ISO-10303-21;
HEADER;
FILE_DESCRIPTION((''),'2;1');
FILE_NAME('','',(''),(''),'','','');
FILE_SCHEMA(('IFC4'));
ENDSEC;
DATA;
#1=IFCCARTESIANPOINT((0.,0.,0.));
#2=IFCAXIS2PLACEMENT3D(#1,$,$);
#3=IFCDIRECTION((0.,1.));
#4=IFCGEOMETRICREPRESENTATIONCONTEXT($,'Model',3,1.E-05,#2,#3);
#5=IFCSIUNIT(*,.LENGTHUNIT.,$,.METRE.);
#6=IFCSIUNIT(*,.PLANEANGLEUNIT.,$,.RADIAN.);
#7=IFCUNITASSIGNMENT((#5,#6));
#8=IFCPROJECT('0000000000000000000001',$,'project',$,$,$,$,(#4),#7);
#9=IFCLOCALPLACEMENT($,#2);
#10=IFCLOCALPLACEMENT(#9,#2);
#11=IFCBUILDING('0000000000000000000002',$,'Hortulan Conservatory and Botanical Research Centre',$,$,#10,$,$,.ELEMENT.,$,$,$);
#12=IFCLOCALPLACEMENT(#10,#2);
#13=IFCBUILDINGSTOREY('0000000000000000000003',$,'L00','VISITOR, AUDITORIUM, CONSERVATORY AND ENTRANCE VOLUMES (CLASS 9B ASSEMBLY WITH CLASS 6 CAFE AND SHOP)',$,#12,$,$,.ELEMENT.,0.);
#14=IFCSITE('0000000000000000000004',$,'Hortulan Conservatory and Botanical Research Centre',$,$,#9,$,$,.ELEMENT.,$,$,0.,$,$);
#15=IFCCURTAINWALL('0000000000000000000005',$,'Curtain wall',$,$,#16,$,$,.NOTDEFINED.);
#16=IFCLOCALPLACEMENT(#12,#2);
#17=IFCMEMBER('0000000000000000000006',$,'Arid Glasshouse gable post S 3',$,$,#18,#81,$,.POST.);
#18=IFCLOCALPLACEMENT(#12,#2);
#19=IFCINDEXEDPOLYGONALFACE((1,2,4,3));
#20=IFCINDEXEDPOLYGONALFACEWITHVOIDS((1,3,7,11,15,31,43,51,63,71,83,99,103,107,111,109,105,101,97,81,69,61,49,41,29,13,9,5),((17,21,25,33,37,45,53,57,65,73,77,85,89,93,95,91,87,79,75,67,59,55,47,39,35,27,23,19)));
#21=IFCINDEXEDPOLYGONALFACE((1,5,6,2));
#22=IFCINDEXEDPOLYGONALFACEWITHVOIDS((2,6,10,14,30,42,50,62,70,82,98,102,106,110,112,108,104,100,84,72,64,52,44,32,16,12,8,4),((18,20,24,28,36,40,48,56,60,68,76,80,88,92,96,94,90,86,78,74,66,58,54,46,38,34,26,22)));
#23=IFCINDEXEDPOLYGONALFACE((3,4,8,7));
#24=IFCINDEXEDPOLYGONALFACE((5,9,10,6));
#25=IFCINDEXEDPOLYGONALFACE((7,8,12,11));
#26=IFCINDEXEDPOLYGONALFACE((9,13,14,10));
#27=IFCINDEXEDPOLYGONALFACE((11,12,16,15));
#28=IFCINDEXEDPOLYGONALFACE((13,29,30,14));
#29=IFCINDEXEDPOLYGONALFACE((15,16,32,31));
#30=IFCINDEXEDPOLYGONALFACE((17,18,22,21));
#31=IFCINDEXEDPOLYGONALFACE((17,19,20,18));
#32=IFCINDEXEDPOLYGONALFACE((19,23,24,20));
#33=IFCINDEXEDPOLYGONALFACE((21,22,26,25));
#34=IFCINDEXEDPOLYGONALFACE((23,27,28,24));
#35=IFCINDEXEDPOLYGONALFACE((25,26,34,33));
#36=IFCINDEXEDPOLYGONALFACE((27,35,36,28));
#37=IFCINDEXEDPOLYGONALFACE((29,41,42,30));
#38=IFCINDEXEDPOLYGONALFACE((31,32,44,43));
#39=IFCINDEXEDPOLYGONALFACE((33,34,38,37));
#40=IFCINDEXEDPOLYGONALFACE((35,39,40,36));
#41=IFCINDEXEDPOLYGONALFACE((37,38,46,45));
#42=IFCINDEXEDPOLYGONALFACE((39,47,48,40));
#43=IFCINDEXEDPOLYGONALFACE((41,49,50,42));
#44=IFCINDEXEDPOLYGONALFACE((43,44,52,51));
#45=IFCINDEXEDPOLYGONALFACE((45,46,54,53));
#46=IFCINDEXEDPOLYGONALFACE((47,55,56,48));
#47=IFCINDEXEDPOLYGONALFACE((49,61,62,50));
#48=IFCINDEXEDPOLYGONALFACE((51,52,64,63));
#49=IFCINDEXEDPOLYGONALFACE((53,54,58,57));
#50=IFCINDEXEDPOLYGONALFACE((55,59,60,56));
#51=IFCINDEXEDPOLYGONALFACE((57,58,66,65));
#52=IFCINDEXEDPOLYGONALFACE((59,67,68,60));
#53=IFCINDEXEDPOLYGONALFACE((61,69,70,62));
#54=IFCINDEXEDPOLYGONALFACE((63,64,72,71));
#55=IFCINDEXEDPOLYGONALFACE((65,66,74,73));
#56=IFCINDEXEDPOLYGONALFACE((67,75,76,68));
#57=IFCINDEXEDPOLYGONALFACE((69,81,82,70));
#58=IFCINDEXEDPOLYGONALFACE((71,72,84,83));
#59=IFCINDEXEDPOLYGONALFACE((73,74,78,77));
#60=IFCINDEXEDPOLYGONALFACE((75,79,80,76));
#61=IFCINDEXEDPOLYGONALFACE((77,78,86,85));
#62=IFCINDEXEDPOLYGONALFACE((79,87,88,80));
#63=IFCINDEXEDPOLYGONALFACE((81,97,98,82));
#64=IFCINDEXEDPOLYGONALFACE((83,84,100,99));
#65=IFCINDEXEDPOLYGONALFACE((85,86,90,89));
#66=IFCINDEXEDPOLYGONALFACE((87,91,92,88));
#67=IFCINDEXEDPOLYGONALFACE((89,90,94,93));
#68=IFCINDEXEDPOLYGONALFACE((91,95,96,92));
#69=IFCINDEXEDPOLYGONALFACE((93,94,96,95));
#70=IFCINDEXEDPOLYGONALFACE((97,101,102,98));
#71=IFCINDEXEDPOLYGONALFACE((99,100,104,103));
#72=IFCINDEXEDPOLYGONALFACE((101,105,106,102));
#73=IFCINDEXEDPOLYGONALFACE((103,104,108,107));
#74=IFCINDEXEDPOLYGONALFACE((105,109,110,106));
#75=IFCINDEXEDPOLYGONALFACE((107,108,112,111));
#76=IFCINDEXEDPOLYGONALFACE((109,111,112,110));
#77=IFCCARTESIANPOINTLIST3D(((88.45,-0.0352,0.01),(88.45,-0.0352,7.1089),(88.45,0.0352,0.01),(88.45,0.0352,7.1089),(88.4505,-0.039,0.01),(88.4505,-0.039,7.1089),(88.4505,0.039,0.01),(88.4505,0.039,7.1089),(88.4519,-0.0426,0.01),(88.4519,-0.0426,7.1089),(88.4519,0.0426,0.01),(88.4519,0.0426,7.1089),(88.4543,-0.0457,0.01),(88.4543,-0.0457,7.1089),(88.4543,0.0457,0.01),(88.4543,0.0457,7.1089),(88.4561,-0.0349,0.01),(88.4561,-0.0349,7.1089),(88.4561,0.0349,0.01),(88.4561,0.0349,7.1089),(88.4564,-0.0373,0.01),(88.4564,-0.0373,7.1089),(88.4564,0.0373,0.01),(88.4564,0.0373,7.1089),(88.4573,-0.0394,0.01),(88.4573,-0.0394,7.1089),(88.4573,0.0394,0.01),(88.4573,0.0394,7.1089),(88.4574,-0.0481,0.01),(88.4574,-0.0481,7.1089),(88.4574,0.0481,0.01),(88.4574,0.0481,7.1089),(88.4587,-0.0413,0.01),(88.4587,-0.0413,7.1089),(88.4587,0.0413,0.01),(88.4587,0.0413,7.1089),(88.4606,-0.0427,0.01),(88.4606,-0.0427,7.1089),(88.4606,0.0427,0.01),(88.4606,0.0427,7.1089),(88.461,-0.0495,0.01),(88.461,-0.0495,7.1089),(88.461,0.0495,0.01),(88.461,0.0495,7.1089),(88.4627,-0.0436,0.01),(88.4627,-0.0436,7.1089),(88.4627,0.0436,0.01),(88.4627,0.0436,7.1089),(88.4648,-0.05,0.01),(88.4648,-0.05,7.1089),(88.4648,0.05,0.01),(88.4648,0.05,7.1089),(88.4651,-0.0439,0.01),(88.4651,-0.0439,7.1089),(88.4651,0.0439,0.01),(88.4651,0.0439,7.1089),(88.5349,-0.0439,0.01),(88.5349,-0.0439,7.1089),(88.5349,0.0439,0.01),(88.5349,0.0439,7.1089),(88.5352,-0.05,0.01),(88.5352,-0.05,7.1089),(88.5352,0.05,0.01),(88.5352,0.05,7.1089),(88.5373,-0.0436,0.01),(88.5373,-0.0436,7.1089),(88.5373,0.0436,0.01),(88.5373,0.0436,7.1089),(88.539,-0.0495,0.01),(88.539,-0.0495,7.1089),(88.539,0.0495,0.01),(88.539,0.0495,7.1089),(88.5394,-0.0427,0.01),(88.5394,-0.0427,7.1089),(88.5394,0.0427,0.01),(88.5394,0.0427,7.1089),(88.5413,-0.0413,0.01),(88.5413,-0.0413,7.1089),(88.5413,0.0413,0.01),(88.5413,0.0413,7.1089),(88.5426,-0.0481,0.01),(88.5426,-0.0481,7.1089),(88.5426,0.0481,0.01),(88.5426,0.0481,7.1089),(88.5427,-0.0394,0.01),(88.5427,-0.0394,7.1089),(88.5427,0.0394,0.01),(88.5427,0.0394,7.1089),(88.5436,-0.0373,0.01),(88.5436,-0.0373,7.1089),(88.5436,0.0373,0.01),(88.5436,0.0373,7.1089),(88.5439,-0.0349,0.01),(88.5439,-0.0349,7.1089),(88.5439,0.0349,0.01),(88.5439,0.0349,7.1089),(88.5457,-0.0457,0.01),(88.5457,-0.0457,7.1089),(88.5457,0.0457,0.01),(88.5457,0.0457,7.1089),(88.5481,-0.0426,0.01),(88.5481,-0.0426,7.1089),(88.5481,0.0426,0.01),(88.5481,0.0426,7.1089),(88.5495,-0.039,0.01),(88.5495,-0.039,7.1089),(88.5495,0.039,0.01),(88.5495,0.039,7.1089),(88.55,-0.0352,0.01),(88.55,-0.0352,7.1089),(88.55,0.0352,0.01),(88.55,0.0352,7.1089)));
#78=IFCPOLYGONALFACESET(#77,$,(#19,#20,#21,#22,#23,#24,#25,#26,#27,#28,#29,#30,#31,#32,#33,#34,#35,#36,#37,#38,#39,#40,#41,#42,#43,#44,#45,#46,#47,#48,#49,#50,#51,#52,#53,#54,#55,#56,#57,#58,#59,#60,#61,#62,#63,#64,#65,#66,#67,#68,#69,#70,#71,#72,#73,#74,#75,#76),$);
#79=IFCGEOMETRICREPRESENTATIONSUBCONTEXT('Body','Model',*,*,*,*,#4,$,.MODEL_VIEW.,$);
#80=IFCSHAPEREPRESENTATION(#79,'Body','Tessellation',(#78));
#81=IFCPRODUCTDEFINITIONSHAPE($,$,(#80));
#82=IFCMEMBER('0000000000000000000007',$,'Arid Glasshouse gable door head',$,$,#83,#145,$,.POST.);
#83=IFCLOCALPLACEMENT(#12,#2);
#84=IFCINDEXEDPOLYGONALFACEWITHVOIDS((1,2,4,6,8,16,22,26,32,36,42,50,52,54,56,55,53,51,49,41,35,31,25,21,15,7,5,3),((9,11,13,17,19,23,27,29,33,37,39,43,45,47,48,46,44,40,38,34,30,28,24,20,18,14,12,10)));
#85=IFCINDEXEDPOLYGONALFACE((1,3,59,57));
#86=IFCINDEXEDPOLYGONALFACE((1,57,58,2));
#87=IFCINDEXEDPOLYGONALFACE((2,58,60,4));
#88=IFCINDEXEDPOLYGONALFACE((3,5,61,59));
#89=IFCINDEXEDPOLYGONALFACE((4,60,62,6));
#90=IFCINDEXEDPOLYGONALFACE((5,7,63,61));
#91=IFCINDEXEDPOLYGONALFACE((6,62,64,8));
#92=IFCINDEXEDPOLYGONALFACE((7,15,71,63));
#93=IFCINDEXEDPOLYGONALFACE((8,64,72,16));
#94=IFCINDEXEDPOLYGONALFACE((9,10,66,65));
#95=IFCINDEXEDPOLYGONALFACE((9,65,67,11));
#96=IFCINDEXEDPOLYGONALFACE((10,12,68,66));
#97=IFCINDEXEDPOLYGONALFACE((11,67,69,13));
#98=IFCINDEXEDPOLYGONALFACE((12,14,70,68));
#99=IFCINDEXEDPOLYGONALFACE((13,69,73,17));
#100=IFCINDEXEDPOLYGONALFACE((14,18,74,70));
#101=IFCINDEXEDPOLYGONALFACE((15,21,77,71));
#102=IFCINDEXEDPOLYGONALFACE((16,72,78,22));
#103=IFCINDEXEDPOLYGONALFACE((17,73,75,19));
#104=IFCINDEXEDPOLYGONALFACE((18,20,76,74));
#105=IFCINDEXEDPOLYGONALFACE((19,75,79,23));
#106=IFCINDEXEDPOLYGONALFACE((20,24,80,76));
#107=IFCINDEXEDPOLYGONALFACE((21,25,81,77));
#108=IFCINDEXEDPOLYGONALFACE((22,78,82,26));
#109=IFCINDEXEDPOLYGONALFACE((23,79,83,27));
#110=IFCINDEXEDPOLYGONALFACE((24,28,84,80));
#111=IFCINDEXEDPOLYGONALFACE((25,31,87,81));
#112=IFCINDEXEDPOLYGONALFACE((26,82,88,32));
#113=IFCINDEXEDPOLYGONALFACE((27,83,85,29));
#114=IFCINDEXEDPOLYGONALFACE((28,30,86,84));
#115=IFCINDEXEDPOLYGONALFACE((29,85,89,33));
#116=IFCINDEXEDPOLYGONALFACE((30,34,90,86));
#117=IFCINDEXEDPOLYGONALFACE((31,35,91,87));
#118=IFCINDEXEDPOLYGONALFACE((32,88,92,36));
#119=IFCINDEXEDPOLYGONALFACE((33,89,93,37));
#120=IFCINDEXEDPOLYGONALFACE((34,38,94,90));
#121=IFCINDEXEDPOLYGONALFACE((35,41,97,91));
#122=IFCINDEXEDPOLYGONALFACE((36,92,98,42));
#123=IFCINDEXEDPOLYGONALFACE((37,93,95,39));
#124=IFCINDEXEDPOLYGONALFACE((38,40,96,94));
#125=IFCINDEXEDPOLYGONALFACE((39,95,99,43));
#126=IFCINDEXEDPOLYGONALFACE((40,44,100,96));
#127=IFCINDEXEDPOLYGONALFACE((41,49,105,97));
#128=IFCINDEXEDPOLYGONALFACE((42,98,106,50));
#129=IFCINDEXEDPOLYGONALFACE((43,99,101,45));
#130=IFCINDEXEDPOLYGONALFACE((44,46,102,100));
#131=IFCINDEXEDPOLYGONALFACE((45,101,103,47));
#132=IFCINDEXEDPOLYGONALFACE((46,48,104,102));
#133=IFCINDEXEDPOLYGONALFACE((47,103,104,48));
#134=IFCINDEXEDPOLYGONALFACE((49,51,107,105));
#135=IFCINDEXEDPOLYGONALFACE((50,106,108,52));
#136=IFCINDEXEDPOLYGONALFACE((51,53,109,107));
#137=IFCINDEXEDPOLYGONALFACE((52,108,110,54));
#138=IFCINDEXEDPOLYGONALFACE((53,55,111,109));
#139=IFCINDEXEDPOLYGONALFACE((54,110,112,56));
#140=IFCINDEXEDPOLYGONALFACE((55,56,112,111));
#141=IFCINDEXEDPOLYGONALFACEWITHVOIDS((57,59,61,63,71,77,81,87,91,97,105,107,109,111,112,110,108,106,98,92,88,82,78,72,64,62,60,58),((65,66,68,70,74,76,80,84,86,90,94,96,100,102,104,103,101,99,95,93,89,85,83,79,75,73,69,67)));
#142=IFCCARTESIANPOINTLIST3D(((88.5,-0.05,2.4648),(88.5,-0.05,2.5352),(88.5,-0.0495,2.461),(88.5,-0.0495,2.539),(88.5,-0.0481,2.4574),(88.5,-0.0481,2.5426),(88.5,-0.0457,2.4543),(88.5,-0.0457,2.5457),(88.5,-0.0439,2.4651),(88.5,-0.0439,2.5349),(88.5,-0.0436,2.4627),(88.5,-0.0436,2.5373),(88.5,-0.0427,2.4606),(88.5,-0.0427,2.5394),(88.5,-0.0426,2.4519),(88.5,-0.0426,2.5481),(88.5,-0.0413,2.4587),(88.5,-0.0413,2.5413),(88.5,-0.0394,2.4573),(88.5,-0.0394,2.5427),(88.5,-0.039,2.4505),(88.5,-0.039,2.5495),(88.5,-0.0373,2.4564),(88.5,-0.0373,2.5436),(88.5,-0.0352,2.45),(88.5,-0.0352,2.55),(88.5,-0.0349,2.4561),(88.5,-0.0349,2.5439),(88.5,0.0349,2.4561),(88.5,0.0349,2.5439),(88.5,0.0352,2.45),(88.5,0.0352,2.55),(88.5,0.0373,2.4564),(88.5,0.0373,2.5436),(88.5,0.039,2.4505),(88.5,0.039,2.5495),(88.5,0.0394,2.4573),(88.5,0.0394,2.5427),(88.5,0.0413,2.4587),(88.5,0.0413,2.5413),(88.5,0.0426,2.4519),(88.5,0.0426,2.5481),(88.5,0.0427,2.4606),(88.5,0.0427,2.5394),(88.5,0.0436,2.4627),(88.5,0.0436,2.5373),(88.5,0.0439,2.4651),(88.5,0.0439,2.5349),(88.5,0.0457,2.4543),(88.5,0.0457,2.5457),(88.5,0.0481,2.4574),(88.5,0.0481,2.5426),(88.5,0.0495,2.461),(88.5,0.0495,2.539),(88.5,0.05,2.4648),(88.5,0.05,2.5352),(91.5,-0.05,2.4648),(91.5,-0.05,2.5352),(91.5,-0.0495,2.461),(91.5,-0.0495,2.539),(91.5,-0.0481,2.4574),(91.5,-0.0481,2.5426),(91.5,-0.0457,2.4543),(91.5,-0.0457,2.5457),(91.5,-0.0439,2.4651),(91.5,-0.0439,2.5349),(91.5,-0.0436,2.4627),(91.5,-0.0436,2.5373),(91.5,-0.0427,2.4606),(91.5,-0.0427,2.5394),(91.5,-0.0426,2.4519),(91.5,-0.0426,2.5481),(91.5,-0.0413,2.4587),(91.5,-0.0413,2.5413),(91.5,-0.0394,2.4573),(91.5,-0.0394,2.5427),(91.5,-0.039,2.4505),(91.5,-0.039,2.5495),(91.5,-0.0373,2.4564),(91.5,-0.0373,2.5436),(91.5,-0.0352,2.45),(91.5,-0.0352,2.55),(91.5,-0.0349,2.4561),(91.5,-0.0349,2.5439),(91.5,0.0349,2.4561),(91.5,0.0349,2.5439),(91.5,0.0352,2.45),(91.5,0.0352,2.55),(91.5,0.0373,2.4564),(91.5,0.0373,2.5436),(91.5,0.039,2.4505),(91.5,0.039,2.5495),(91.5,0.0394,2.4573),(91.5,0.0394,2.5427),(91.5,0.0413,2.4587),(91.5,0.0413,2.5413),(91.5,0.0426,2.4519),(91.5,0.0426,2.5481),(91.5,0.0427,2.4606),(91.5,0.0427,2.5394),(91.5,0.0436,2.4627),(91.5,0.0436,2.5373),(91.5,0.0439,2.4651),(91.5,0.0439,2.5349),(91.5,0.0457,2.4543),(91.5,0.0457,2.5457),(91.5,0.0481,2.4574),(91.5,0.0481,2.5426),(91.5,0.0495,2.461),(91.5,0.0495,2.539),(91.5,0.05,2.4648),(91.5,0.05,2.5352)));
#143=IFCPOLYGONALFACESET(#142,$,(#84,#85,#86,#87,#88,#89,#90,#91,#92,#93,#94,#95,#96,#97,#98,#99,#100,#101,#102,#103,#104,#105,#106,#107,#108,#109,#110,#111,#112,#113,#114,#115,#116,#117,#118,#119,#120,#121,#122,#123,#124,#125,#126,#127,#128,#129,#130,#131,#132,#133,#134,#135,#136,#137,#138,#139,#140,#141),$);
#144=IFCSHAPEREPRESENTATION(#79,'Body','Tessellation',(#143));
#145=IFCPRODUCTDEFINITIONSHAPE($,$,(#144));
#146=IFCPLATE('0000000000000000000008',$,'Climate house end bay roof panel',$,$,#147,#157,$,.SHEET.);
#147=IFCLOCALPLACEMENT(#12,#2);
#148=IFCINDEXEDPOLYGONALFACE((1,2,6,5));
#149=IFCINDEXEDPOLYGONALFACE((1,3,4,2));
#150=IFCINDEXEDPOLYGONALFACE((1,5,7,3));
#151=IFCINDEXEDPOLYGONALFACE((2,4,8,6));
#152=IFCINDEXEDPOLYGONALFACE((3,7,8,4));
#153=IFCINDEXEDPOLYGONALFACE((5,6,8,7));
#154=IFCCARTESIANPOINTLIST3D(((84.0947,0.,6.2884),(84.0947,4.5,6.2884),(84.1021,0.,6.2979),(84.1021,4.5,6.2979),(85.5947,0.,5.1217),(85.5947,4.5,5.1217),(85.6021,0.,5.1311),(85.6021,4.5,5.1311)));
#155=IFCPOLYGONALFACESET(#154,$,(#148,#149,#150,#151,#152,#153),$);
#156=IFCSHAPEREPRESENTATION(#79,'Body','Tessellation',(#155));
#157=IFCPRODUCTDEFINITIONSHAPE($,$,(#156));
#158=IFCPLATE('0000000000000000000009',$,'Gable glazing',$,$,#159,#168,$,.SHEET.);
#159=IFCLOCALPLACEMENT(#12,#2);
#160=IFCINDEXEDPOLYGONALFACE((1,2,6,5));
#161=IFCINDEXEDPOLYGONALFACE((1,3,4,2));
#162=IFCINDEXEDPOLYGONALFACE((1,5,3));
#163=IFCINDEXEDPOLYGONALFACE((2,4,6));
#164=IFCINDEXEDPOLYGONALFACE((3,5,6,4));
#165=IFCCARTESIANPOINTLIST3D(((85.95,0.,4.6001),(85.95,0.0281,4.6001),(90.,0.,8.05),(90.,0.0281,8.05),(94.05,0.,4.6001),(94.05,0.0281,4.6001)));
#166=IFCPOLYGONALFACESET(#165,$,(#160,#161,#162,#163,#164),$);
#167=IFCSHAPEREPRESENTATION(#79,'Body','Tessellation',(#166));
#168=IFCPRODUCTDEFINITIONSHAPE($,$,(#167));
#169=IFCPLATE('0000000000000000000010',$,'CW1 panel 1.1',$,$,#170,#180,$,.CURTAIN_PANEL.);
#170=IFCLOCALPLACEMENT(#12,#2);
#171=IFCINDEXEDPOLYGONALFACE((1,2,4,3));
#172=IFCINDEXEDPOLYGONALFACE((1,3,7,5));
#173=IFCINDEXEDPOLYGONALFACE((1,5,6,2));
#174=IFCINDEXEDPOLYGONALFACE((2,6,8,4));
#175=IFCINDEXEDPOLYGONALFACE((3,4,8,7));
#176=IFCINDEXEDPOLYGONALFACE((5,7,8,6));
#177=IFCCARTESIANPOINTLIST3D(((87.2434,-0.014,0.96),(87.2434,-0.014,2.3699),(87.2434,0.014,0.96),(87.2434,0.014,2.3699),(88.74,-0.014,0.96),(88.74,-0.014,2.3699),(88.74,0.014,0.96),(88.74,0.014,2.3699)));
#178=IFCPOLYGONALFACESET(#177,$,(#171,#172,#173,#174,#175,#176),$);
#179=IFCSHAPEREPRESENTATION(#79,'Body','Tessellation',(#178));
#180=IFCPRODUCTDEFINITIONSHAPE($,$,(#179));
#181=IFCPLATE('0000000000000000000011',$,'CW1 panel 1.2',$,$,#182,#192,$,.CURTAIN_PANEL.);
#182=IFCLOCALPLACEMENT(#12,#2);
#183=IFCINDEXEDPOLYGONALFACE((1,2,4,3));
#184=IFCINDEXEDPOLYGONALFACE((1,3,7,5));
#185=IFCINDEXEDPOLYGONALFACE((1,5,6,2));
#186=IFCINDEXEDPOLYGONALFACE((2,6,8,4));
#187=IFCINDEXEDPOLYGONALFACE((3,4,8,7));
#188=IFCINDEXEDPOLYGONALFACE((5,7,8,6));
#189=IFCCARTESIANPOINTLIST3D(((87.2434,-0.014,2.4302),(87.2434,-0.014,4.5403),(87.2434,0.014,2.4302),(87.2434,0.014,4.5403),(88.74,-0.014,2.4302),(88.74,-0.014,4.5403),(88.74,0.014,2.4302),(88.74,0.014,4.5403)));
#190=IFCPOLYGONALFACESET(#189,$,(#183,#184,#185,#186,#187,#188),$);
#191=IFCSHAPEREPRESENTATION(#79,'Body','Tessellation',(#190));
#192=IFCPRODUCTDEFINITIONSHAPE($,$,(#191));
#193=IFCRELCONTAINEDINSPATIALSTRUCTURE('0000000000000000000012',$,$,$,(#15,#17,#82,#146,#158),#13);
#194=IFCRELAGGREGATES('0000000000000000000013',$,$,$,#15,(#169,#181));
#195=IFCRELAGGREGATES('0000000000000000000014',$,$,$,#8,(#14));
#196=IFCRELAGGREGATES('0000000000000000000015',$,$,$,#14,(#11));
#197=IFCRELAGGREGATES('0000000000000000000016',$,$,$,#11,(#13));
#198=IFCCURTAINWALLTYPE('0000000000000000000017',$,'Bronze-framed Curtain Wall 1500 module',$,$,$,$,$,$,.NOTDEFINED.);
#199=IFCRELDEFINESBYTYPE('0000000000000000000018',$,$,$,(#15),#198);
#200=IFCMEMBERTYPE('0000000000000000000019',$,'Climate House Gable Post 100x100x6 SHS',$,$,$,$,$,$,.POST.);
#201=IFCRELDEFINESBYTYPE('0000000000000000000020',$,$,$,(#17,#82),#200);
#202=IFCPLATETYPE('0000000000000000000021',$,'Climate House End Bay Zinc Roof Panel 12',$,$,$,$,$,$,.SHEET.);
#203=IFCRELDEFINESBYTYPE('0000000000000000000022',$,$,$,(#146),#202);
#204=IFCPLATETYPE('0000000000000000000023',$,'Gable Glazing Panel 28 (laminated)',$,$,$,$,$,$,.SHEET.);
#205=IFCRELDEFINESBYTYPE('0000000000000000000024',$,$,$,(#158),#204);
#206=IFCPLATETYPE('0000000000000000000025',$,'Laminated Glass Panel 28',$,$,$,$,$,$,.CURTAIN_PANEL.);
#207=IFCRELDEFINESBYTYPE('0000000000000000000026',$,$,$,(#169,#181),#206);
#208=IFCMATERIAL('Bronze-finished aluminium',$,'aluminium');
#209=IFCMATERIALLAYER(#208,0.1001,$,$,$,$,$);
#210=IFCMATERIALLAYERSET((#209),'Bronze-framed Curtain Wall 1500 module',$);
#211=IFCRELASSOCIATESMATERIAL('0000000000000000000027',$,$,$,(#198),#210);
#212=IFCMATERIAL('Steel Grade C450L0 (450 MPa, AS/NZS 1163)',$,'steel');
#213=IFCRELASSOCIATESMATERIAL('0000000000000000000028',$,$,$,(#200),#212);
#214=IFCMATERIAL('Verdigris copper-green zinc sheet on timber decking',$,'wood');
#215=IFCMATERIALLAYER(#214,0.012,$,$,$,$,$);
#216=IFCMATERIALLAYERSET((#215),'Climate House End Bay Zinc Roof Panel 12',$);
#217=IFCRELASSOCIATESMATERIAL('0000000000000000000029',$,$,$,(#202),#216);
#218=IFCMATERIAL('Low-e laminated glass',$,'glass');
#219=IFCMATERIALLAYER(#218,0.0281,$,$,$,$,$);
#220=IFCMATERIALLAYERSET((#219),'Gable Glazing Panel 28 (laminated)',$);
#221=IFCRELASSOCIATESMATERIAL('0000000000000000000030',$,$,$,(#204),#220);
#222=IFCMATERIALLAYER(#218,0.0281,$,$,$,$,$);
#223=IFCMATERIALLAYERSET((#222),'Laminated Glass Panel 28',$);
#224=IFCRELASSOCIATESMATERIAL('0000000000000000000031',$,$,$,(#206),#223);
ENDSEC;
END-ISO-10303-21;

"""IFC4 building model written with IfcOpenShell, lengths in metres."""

from ifc_helpers import new_model, si_unit, direction, frame, origin, origin_2d, place, context, subcontext, project, spatial, polyline, rectangle, hollow_rectangle, outline, extrude, material, layer, layer_set, material_profile, profile_set, type_object, element, aggregate, save


model = new_model("IFC4")

# Units and contexts
model_context = context("Model", 3, precision=1e-05, world=origin(), true_north=direction((0.0, 1.0)))
body_context = subcontext(model_context, "Body", "Model", "MODEL_VIEW")
ifc_project = project(units=[si_unit("LENGTHUNIT", "METRE"), si_unit("PLANEANGLEUNIT", "RADIAN")], contexts=[model_context])

# Site, building, storey
site_placement = place(None, origin())
site = spatial("IfcSite", under=ifc_project, at=site_placement, Name="Hortulan Conservatory and Botanical Research Centre", CompositionType="ELEMENT", RefElevation=0.0)
building_placement = place(site_placement, origin())
building = spatial("IfcBuilding", under=site, at=building_placement, Name="Hortulan Conservatory and Botanical Research Centre", CompositionType="ELEMENT")
storey_placement = place(building_placement, origin())
storey = spatial("IfcBuildingStorey", under=building, at=storey_placement, Name="L00", Description="VISITOR, AUDITORIUM, CONSERVATORY AND ENTRANCE VOLUMES (CLASS 9B ASSEMBLY WITH CLASS 6 CAFE AND SHOP)", CompositionType="ELEMENT", Elevation=0.0)

# Curtain wall
ifc_material_1 = material(Name="Bronze-finished aluminium", Category="aluminium")
ifc_layer_1 = layer(ifc_material_1, 0.1001)
ifc_layer_set_1 = layer_set([ifc_layer_1], Name="Bronze-framed Curtain Wall 1500 module")
curtain_wall_type = type_object("IfcCurtainWallType", Name="Bronze-framed Curtain Wall 1500 module", PredefinedType="NOTDEFINED", material=ifc_layer_set_1)
curtain_wall_placement = place(storey_placement, origin())
curtain_wall = element("IfcCurtainWall", 1, at=curtain_wall_placement, inside=storey, type_object=curtain_wall_type, Name="Curtain wall", PredefinedType="NOTDEFINED")

# Members
ifc_material_2 = material(Name="Steel Grade C450L0 (450 MPa, AS/NZS 1163)", Category="steel")
ifc_material_profile_1 = material_profile(ifc_material_2, hollow_rectangle(XDim=0.1001, YDim=0.1001, WallThickness=0.0061, InnerFilletRadius=0.009, OuterFilletRadius=0.0149, at=origin_2d()), Name="100x100x6SHS")
ifc_profile_set_1 = profile_set([ifc_material_profile_1], Name="Steel Grade C450L0 (450 MPa, AS/NZS 1163)")
member_type_1 = type_object("IfcMemberType", Name="Climate House Gable Post 100x100x6 SHS", PredefinedType="POST", material=ifc_profile_set_1)
member_1_placement = place(storey_placement, frame((88.5, 0.0, 0.01), z_axis=(0.0, 0.0, 1.0), x_axis=(1.0, 0.0, 0.0)))
element("IfcMember", 2, at=member_1_placement, inside=storey, type_object=member_type_1, Name="Arid Glasshouse gable post S 3", PredefinedType="POST", context=body_context, shape_type="SweptSolid", body=[
    extrude(hollow_rectangle(XDim=0.1001, YDim=0.1001, WallThickness=0.0061, InnerFilletRadius=0.009, OuterFilletRadius=0.0149, at=origin_2d()), origin(), (0.0, 0.0, 1.0), 7.0989),
])
member_2_placement = place(storey_placement, frame((88.5, 0.0, 2.5), z_axis=(1.0, 0.0, 0.0), x_axis=(0.0, 1.0, 0.0)))
element("IfcMember", 3, at=member_2_placement, inside=storey, type_object=member_type_1, Name="Arid Glasshouse gable door head", PredefinedType="POST", context=body_context, shape_type="SweptSolid", body=[
    extrude(hollow_rectangle(XDim=0.1001, YDim=0.1001, WallThickness=0.0061, InnerFilletRadius=0.009, OuterFilletRadius=0.0149, at=origin_2d()), origin(), (0.0, 0.0, 1.0), 3.0),
])

# Plates
ifc_material_3 = material(Name="Verdigris copper-green zinc sheet on timber decking", Category="wood")
ifc_layer_2 = layer(ifc_material_3, 0.012)
ifc_layer_set_2 = layer_set([ifc_layer_2], Name="Climate House End Bay Zinc Roof Panel 12")
plate_type_1 = type_object("IfcPlateType", Name="Climate House End Bay Zinc Roof Panel 12", PredefinedType="SHEET", material=ifc_layer_set_2)
plate_1_placement = place(storey_placement, frame((85.6021, 4.5, 5.1311), z_axis=(0.613967, 0.0, 0.789331), x_axis=(-0.789331, 0.0, 0.613967)))
element("IfcPlate", 4, at=plate_1_placement, inside=storey, type_object=plate_type_1, Name="Climate house end bay roof panel", PredefinedType="SHEET", context=body_context, shape_type="SweptSolid", body=[
    extrude(outline(polyline([(0.0, 0.0), (1.9003, 0.0), (1.9003, 4.5), (0.0, 4.5), (0.0, 0.0)])), origin(), (0.0, 0.0, -1.0), 0.012),
])
ifc_material_4 = material(Name="Low-e laminated glass", Category="glass")
ifc_layer_3 = layer(ifc_material_4, 0.0281)
ifc_layer_set_3 = layer_set([ifc_layer_3], Name="Gable Glazing Panel 28 (laminated)")
plate_type_2 = type_object("IfcPlateType", Name="Gable Glazing Panel 28 (laminated)", PredefinedType="SHEET", material=ifc_layer_set_3)
plate_2_placement = place(storey_placement, frame((85.95, 0.0, 4.6001), z_axis=(0.0, -1.0, 0.0), x_axis=(1.0, 0.0, 0.0)))
element("IfcPlate", 5, at=plate_2_placement, inside=storey, type_object=plate_type_2, Name="Gable glazing", PredefinedType="SHEET", context=body_context, shape_type="SweptSolid", body=[
    extrude(outline(polyline([(0.0, 0.0), (8.1001, 0.0), (4.05, 3.45), (0.0, 0.0)])), origin(), (0.0, 0.0, -1.0), 0.0281),
])

# Plates
ifc_layer_4 = layer(ifc_material_4, 0.0281)
ifc_layer_set_4 = layer_set([ifc_layer_4], Name="Laminated Glass Panel 28")
plate_type_3 = type_object("IfcPlateType", Name="Laminated Glass Panel 28", PredefinedType="CURTAIN_PANEL", material=ifc_layer_set_4)
plate_3_placement = place(storey_placement, frame((87.9917, 0.0, 0.96), z_axis=(0.0, 0.0, 1.0), x_axis=(-1.0, 0.0, 0.0)))
plate_3 = element("IfcPlate", 6, at=plate_3_placement, type_object=plate_type_3, Name="CW1 panel 1.1", PredefinedType="CURTAIN_PANEL", context=body_context, shape_type="SweptSolid", body=[
    extrude(rectangle(XDim=1.4966, YDim=0.0281, at=origin_2d()), origin(), (0.0, 0.0, 1.0), 1.4099),
])
plate_4_placement = place(storey_placement, frame((87.9917, 0.0, 2.4302), z_axis=(0.0, 0.0, 1.0), x_axis=(-1.0, 0.0, 0.0)))
plate_4 = element("IfcPlate", 7, at=plate_4_placement, type_object=plate_type_3, Name="CW1 panel 1.2", PredefinedType="CURTAIN_PANEL", context=body_context, shape_type="SweptSolid", body=[
    extrude(rectangle(XDim=1.4966, YDim=0.0281, at=origin_2d()), origin(), (0.0, 0.0, 1.0), 2.1101),
])
aggregate(curtain_wall, [plate_3, plate_4])

save(model, "model.ifc")
